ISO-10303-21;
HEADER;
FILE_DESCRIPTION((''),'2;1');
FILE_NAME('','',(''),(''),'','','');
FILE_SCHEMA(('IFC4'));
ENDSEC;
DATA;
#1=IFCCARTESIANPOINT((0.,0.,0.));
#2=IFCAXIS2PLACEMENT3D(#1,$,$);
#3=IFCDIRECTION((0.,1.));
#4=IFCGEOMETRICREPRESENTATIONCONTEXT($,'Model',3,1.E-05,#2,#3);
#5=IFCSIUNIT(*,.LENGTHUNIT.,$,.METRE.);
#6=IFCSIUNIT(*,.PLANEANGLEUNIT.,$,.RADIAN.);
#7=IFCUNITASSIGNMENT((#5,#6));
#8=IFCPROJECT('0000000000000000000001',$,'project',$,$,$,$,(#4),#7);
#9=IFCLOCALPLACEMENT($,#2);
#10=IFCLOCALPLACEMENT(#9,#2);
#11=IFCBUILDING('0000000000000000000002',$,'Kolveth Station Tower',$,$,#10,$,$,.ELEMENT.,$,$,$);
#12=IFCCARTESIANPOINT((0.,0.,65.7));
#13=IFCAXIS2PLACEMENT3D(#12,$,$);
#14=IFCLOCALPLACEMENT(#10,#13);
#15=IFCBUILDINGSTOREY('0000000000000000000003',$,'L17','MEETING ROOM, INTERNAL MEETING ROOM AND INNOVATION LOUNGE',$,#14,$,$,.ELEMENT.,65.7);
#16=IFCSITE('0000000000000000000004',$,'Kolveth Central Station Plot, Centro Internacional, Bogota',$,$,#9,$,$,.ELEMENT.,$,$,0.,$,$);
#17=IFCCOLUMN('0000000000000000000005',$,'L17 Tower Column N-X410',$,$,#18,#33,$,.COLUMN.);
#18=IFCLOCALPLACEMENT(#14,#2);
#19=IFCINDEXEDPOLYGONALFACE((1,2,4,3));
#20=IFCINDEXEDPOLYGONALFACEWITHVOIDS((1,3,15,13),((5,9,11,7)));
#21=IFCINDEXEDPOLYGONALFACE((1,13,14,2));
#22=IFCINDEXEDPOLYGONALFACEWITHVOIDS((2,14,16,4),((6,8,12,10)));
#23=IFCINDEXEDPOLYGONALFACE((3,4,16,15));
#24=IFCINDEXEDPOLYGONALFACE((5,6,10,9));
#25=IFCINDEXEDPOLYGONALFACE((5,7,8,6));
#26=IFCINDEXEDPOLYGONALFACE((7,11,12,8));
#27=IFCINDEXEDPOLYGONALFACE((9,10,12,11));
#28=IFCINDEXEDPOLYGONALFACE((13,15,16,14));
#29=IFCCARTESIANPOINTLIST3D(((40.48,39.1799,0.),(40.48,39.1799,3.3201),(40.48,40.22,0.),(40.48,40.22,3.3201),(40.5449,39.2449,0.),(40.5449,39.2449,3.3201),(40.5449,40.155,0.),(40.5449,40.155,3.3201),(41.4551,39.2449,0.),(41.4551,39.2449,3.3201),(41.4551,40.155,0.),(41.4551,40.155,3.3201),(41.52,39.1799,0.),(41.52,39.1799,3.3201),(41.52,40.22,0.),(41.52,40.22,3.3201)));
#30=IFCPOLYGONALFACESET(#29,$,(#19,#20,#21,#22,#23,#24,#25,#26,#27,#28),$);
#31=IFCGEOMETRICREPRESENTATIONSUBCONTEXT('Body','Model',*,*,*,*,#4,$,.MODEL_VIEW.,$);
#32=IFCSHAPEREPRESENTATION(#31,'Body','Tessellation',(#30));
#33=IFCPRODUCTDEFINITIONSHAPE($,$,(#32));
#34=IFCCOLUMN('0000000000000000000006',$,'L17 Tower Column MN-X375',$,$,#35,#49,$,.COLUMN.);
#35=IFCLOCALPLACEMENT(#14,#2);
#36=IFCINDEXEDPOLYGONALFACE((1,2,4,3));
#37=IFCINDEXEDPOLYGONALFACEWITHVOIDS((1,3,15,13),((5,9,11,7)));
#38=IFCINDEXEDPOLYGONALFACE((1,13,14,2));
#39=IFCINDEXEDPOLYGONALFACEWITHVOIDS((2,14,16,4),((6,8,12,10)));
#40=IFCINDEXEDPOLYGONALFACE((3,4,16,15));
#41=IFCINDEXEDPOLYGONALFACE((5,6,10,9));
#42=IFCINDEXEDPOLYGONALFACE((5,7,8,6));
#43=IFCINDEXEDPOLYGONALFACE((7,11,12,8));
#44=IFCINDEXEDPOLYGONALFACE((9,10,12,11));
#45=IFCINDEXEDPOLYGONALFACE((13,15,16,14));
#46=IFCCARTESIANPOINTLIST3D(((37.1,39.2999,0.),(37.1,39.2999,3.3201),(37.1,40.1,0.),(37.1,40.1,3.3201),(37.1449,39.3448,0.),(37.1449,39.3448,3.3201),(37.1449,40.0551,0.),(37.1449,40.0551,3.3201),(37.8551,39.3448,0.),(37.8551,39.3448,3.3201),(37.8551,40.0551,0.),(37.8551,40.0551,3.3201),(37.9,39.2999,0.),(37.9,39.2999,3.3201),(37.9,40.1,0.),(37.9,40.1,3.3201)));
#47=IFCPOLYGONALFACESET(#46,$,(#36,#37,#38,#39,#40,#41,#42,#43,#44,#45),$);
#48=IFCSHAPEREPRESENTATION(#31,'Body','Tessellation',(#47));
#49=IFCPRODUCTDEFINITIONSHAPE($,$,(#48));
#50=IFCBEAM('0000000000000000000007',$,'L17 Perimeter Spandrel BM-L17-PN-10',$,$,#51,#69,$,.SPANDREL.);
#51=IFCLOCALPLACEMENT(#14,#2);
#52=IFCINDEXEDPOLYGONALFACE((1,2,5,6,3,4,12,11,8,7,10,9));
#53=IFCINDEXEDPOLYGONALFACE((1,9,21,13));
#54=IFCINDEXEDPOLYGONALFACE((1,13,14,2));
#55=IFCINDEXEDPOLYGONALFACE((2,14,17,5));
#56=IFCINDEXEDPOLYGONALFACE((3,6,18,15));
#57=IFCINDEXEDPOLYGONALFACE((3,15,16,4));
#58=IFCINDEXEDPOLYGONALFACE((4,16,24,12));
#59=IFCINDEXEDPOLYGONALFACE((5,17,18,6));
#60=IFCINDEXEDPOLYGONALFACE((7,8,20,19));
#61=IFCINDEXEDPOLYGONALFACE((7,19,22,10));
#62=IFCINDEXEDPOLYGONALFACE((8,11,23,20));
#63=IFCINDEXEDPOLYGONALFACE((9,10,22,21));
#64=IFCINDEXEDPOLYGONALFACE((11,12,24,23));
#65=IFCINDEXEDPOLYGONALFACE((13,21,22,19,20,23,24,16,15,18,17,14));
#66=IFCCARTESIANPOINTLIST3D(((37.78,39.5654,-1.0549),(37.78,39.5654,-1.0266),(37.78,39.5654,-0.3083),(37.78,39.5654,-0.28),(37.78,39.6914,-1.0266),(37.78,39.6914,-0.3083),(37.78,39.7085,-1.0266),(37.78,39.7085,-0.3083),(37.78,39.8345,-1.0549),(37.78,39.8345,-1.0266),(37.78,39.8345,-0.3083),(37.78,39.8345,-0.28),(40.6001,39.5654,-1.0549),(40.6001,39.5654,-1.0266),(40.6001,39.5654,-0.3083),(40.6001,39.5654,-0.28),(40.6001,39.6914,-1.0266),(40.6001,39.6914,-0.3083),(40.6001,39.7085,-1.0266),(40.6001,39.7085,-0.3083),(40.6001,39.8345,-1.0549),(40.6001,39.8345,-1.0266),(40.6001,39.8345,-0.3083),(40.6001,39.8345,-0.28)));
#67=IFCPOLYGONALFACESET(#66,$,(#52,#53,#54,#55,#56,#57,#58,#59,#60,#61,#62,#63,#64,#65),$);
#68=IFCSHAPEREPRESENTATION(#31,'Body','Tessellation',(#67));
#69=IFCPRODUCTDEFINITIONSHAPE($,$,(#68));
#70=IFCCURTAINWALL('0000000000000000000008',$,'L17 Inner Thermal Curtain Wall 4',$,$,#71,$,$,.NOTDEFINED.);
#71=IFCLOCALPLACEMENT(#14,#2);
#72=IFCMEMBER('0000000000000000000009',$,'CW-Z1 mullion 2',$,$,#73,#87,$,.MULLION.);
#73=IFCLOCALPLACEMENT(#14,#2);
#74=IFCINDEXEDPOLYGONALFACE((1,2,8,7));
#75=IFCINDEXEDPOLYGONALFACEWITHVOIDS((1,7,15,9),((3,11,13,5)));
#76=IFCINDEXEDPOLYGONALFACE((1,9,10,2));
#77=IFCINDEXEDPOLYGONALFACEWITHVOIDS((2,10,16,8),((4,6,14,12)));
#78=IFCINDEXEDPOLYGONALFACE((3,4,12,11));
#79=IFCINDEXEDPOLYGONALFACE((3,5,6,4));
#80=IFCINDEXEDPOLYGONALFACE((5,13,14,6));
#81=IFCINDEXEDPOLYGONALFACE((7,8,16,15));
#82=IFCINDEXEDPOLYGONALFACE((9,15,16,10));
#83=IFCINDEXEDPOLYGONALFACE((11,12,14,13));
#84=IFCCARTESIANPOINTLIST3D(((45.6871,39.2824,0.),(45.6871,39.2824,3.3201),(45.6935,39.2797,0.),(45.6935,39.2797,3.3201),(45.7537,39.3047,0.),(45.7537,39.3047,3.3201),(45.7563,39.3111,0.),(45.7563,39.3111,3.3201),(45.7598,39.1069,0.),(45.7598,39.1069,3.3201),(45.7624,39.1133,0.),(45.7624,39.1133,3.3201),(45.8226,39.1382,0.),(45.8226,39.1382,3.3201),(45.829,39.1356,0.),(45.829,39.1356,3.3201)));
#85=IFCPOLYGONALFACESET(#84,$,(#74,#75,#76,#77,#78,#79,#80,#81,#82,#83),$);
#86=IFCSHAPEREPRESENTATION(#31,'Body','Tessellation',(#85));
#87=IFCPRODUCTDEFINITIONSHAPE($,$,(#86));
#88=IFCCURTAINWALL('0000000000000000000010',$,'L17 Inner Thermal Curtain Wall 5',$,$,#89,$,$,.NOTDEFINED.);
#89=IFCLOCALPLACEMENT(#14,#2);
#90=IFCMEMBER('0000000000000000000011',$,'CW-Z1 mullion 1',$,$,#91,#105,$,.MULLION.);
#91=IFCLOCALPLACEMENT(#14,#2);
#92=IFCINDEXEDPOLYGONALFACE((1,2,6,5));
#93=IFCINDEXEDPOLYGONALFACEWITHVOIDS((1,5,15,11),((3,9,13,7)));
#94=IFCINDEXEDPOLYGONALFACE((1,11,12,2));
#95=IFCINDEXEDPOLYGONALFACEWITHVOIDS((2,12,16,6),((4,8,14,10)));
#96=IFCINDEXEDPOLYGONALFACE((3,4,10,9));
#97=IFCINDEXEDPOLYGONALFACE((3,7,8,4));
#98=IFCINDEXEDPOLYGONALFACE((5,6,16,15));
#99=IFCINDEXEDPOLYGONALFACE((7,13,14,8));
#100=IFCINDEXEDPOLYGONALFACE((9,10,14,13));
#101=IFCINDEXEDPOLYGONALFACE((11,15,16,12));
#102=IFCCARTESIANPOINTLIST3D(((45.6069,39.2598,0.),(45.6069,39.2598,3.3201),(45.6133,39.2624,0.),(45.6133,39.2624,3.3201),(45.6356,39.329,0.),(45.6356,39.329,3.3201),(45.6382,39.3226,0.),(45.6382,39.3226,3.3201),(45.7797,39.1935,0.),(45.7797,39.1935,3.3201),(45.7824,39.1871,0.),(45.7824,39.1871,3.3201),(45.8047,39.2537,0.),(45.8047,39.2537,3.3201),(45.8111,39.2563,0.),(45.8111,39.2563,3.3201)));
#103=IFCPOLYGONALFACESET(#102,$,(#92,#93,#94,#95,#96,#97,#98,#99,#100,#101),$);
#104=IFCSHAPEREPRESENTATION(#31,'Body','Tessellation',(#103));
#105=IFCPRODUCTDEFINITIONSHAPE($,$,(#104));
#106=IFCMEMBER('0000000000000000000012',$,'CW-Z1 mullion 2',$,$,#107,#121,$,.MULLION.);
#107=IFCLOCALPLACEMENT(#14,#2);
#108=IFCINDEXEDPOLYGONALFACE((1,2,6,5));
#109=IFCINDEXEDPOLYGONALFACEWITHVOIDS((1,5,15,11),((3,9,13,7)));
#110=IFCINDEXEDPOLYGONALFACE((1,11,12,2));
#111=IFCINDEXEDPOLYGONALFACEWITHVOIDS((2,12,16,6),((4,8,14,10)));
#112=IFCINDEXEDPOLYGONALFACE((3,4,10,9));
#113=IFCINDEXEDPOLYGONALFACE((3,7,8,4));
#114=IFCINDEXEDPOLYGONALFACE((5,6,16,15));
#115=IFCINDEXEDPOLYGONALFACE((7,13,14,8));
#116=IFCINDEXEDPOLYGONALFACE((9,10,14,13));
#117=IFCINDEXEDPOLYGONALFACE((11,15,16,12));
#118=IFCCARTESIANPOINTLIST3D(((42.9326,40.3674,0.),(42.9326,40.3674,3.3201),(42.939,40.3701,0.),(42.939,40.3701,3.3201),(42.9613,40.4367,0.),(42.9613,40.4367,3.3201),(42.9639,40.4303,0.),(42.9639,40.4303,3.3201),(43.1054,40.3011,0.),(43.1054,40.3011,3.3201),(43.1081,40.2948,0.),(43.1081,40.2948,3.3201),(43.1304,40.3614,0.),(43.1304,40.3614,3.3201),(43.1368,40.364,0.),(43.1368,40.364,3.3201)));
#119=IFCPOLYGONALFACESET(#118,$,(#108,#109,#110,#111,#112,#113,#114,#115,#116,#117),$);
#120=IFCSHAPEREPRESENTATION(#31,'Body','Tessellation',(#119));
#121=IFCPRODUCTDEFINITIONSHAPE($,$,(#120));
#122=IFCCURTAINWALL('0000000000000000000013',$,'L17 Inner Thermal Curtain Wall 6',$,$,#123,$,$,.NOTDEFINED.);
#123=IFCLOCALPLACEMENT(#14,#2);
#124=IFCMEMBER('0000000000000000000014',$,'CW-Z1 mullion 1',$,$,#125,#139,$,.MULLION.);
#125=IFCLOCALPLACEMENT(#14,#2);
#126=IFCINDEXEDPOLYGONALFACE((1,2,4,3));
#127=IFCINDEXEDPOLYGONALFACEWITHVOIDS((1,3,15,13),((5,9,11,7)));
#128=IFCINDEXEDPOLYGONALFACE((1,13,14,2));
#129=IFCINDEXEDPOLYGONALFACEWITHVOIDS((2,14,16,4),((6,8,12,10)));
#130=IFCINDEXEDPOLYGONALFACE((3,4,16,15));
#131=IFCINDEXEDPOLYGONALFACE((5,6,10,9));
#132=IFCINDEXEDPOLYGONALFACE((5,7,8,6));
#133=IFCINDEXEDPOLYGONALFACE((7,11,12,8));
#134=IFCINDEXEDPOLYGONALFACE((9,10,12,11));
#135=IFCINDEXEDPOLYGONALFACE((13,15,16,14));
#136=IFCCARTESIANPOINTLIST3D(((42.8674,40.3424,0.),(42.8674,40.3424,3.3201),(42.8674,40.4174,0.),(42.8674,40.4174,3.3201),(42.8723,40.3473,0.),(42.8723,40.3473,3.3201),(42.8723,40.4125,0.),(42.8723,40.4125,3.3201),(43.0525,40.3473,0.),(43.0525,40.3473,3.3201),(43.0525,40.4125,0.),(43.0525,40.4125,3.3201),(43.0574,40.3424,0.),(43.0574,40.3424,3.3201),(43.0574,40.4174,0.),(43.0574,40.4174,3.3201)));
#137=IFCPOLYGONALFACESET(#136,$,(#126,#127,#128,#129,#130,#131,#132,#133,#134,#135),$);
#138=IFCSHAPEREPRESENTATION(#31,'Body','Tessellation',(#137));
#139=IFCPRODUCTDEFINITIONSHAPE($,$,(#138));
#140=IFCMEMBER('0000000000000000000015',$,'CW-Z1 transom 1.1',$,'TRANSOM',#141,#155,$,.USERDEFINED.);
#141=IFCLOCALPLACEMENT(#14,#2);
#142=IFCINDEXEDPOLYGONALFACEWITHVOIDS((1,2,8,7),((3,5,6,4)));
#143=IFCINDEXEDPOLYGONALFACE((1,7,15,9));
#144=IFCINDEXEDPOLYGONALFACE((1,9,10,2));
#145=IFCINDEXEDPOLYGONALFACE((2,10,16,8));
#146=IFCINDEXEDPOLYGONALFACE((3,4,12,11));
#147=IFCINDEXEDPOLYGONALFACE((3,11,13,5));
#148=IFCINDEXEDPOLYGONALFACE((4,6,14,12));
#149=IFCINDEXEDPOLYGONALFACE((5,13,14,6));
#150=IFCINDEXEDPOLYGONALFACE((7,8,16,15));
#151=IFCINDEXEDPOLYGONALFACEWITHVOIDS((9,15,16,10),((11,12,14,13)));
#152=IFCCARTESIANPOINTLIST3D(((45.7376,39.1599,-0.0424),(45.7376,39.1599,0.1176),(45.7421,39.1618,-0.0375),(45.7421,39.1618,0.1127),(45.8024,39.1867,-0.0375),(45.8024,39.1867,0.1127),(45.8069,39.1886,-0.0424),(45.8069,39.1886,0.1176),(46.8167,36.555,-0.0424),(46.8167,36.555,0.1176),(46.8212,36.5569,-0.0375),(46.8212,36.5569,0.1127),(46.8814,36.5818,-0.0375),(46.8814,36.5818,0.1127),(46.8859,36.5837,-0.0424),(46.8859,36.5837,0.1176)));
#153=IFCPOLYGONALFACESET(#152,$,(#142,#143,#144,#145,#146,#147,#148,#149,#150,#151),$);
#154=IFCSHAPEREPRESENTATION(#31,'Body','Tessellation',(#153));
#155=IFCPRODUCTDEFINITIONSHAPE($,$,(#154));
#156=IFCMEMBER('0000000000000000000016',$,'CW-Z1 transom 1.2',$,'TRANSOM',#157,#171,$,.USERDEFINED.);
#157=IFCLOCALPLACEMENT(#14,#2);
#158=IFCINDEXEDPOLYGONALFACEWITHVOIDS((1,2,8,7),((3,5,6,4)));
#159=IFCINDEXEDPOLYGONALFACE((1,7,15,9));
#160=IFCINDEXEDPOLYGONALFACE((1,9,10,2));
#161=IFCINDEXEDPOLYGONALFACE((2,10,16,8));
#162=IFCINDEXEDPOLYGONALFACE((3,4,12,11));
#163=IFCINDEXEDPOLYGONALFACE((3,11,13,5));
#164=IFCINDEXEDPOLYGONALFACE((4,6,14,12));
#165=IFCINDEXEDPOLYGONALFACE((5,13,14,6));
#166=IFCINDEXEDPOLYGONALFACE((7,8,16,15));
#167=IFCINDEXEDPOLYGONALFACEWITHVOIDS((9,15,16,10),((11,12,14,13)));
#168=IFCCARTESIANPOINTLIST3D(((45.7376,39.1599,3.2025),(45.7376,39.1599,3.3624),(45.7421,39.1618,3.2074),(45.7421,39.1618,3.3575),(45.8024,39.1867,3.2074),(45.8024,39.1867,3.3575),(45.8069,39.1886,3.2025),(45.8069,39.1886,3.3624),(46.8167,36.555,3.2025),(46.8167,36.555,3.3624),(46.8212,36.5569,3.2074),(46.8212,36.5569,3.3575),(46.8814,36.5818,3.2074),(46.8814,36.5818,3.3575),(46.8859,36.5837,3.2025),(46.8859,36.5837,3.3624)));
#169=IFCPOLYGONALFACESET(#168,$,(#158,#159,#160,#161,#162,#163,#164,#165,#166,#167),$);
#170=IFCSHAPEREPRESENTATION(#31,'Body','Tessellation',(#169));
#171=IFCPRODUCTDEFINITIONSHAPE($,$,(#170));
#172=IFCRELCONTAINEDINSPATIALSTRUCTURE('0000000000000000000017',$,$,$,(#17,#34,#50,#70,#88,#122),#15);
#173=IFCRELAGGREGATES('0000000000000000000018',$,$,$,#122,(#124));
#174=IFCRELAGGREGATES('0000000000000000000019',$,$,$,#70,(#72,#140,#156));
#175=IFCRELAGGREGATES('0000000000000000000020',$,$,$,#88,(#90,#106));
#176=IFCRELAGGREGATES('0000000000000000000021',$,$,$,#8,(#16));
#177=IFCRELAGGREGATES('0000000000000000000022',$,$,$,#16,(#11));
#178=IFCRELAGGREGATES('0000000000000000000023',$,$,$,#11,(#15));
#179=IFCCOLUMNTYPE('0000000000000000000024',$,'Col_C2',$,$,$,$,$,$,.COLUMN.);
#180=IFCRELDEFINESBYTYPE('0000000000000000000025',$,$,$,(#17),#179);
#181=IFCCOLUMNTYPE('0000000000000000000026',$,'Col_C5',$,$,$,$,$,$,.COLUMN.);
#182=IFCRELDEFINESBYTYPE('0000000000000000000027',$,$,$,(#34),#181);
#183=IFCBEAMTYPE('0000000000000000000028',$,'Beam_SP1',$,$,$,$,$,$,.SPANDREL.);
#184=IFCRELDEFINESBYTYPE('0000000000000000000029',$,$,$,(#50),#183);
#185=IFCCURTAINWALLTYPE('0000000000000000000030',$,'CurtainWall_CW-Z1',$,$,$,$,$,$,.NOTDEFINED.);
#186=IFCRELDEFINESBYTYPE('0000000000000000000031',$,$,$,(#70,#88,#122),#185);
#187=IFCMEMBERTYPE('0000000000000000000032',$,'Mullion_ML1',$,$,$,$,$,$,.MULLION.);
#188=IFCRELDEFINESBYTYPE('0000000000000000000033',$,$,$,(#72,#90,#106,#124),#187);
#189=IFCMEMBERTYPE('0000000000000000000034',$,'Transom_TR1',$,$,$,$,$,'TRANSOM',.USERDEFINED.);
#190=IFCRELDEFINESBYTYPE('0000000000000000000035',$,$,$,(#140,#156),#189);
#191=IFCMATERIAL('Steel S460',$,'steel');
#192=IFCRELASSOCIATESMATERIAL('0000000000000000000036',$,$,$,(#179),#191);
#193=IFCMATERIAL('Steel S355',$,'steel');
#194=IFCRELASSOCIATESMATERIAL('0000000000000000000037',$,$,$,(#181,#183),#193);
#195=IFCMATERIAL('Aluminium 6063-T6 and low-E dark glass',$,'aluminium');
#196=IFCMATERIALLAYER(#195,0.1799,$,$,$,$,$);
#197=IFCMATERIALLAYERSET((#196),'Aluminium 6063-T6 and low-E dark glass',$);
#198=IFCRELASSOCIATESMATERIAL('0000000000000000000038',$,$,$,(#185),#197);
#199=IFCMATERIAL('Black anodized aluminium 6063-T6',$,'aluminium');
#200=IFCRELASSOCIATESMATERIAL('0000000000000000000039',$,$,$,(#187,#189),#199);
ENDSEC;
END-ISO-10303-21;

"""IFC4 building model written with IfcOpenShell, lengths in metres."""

from ifc_helpers import new_model, si_unit, direction, frame, origin, origin_2d, place, context, subcontext, project, spatial, hollow_rectangle, i_section, extrude, source, transform, mapped, material, layer, layer_set, material_profile, profile_set, type_object, element, aggregate, save


model = new_model("IFC4")

# Units and contexts
model_context = context("Model", 3, precision=1e-05, world=origin(), true_north=direction((0.0, 1.0)))
body_context = subcontext(model_context, "Body", "Model", "MODEL_VIEW")
ifc_project = project(units=[si_unit("LENGTHUNIT", "METRE"), si_unit("PLANEANGLEUNIT", "RADIAN")], contexts=[model_context])

# Site, building, storey
site_placement = place(None, origin())
site = spatial("IfcSite", under=ifc_project, at=site_placement, Name="Kolveth Central Station Plot, Centro Internacional, Bogota", CompositionType="ELEMENT", RefElevation=0.0)
building_placement = place(site_placement, origin())
building = spatial("IfcBuilding", under=site, at=building_placement, Name="Kolveth Station Tower", CompositionType="ELEMENT")
storey_placement = place(building_placement, frame((0.0, 0.0, 65.7)))
storey = spatial("IfcBuildingStorey", under=building, at=storey_placement, Name="L17", Description="MEETING ROOM, INTERNAL MEETING ROOM AND INNOVATION LOUNGE", CompositionType="ELEMENT", Elevation=65.7)

# Columns
ifc_material_1 = material(Name="Steel S460", Category="steel")
ifc_material_profile_1 = material_profile(ifc_material_1, hollow_rectangle(XDim=1.04, YDim=1.04, WallThickness=0.0649, at=origin_2d()), Name="BOX1040x1040x65")
ifc_profile_set_1 = profile_set([ifc_material_profile_1], Name="Steel S460")
column_type_1 = type_object("IfcColumnType", Name="Col_C2", PredefinedType="COLUMN", material=ifc_profile_set_1)
shared_shape_1 = source(origin(), body_context, "Body", "SweptSolid", [
    extrude(hollow_rectangle(XDim=1.04, YDim=1.04, WallThickness=0.0649, at=origin_2d()), origin(), (0.0, 0.0, 1.0), 3.3201),
])
column_1_placement = place(storey_placement, frame((41.0, 39.7, 0.0), z_axis=(0.0, 0.0, 1.0), x_axis=(1.0, 0.0, 0.0)))
element("IfcColumn", 1, at=column_1_placement, inside=storey, type_object=column_type_1, Name="L17 Tower Column N-X410", PredefinedType="COLUMN", context=body_context, shape_type="MappedRepresentation", body=[
    mapped(shared_shape_1, transform((0.0, 0.0, 0.0), x_axis=(1.0, 0.0, 0.0), y_axis=(0.0, 1.0, 0.0), z_axis=(0.0, 0.0, 1.0), scale=1.0)),
])
ifc_material_2 = material(Name="Steel S355", Category="steel")
ifc_material_profile_2 = material_profile(ifc_material_2, hollow_rectangle(XDim=0.8, YDim=0.8, WallThickness=0.0449, at=origin_2d()), Name="BOX800x800x45")
ifc_profile_set_2 = profile_set([ifc_material_profile_2], Name="Steel S355")
column_type_2 = type_object("IfcColumnType", Name="Col_C5", PredefinedType="COLUMN", material=ifc_profile_set_2)
shared_shape_2 = source(origin(), body_context, "Body", "SweptSolid", [
    extrude(hollow_rectangle(XDim=0.8, YDim=0.8, WallThickness=0.0449, at=origin_2d()), origin(), (0.0, 0.0, 1.0), 3.3201),
])
column_2_placement = place(storey_placement, frame((37.5, 39.7, 0.0), z_axis=(0.0, 0.0, 1.0), x_axis=(1.0, 0.0, 0.0)))
element("IfcColumn", 2, at=column_2_placement, inside=storey, type_object=column_type_2, Name="L17 Tower Column MN-X375", PredefinedType="COLUMN", context=body_context, shape_type="MappedRepresentation", body=[
    mapped(shared_shape_2, transform((0.0, 0.0, 0.0), x_axis=(1.0, 0.0, 0.0), y_axis=(0.0, 1.0, 0.0), z_axis=(0.0, 0.0, 1.0), scale=1.0)),
])

# Beam
ifc_material_profile_3 = material_profile(ifc_material_2, i_section(OverallWidth=0.269, OverallDepth=0.7749, WebThickness=0.0171, FlangeThickness=0.0283, at=origin_2d()), Name="W760x220")
ifc_profile_set_3 = profile_set([ifc_material_profile_3], Name="Steel S355")
beam_type = type_object("IfcBeamType", Name="Beam_SP1", PredefinedType="SPANDREL", material=ifc_profile_set_3)
shared_shape_3 = source(origin(), body_context, "Body", "SweptSolid", [
    extrude(i_section(OverallWidth=0.269, OverallDepth=0.7749, WebThickness=0.0171, FlangeThickness=0.0283, at=origin_2d()), origin(), (0.0, 0.0, 1.0), 2.8201),
])
beam_placement = place(storey_placement, frame((37.78, 39.7, -0.6675), z_axis=(1.0, 0.0, 0.0), x_axis=(0.0, 1.0, 0.0)))
element("IfcBeam", 3, at=beam_placement, inside=storey, type_object=beam_type, Name="L17 Perimeter Spandrel BM-L17-PN-10", PredefinedType="SPANDREL", context=body_context, shape_type="MappedRepresentation", body=[
    mapped(shared_shape_3, transform((0.0, 0.0, 0.0), x_axis=(1.0, 0.0, 0.0), y_axis=(0.0, 1.0, 0.0), z_axis=(0.0, 0.0, 1.0), scale=1.0)),
])

# Curtain wall, member
ifc_material_3 = material(Name="Aluminium 6063-T6 and low-E dark glass", Category="aluminium")
ifc_layer_1 = layer(ifc_material_3, 0.1799)
ifc_layer_set_1 = layer_set([ifc_layer_1], Name="Aluminium 6063-T6 and low-E dark glass")
curtain_wall_type_1 = type_object("IfcCurtainWallType", Name="CurtainWall_CW-Z1", PredefinedType="NOTDEFINED", material=ifc_layer_set_1)
curtain_wall_1_placement = place(storey_placement, origin())
curtain_wall_1 = element("IfcCurtainWall", 4, at=curtain_wall_1_placement, inside=storey, type_object=curtain_wall_type_1, Name="L17 Inner Thermal Curtain Wall 4", PredefinedType="NOTDEFINED")
ifc_material_4 = material(Name="Black anodized aluminium 6063-T6", Category="aluminium")
ifc_material_profile_4 = material_profile(ifc_material_4, hollow_rectangle(XDim=0.075, YDim=0.1899, WallThickness=0.0049, at=origin_2d()), Name="ALU-75x190x5")
ifc_profile_set_4 = profile_set([ifc_material_profile_4], Name="Black anodized aluminium 6063-T6")
member_type_1 = type_object("IfcMemberType", Name="Mullion_ML1", PredefinedType="MULLION", material=ifc_profile_set_4)
shared_shape_4 = source(origin(), body_context, "Body", "SweptSolid", [
    extrude(hollow_rectangle(XDim=0.075, YDim=0.1899, WallThickness=0.0049, at=origin_2d()), origin(), (0.0, 0.0, 1.0), 3.3201),
])
member_1_placement = place(storey_placement, frame((45.7581, 39.209, 0.0), z_axis=(0.0, 0.0, 1.0), x_axis=(-0.923884, -0.382673, 0.0)))
member_1 = element("IfcMember", 5, at=member_1_placement, type_object=member_type_1, Name="CW-Z1 mullion 2", PredefinedType="MULLION", context=body_context, shape_type="MappedRepresentation", body=[
    mapped(shared_shape_4, transform((0.0, 0.0, 0.0), x_axis=(1.0, 0.0, 0.0), y_axis=(0.0, 1.0, 0.0), z_axis=(0.0, 0.0, 1.0), scale=1.0)),
])

# Curtain wall, members
curtain_wall_2_placement = place(storey_placement, origin())
curtain_wall_2 = element("IfcCurtainWall", 6, at=curtain_wall_2_placement, inside=storey, type_object=curtain_wall_type_1, Name="L17 Inner Thermal Curtain Wall 5", PredefinedType="NOTDEFINED")
member_2_placement = place(storey_placement, frame((45.709, 39.2581, 0.0), z_axis=(0.0, 0.0, 1.0), x_axis=(-0.382673, -0.923884, 0.0)))
member_2 = element("IfcMember", 7, at=member_2_placement, type_object=member_type_1, Name="CW-Z1 mullion 1", PredefinedType="MULLION", context=body_context, shape_type="MappedRepresentation", body=[
    mapped(shared_shape_4, transform((0.0, 0.0, 0.0), x_axis=(1.0, 0.0, 0.0), y_axis=(0.0, 1.0, 0.0), z_axis=(0.0, 0.0, 1.0), scale=1.0)),
])
member_3_placement = place(storey_placement, frame((43.0347, 40.3657, 0.0), z_axis=(0.0, 0.0, 1.0), x_axis=(-0.382673, -0.923884, 0.0)))
member_3 = element("IfcMember", 8, at=member_3_placement, type_object=member_type_1, Name="CW-Z1 mullion 2", PredefinedType="MULLION", context=body_context, shape_type="MappedRepresentation", body=[
    mapped(shared_shape_4, transform((0.0, 0.0, 0.0), x_axis=(1.0, 0.0, 0.0), y_axis=(0.0, 1.0, 0.0), z_axis=(0.0, 0.0, 1.0), scale=1.0)),
])

# Curtain wall, member
curtain_wall_3_placement = place(storey_placement, origin())
curtain_wall_3 = element("IfcCurtainWall", 9, at=curtain_wall_3_placement, inside=storey, type_object=curtain_wall_type_1, Name="L17 Inner Thermal Curtain Wall 6", PredefinedType="NOTDEFINED")
member_4_placement = place(storey_placement, frame((42.9624, 40.3799, 0.0), z_axis=(0.0, 0.0, 1.0), x_axis=(0.0, -1.0, 0.0)))
member_4 = element("IfcMember", 10, at=member_4_placement, type_object=member_type_1, Name="CW-Z1 mullion 1", PredefinedType="MULLION", context=body_context, shape_type="MappedRepresentation", body=[
    mapped(shared_shape_4, transform((0.0, 0.0, 0.0), x_axis=(1.0, 0.0, 0.0), y_axis=(0.0, 1.0, 0.0), z_axis=(0.0, 0.0, 1.0), scale=1.0)),
])

# Members
ifc_material_profile_5 = material_profile(ifc_material_4, hollow_rectangle(XDim=0.075, YDim=0.1599, WallThickness=0.0049, at=origin_2d()), Name="ALU-75x160x5")
ifc_profile_set_5 = profile_set([ifc_material_profile_5], Name="Black anodized aluminium 6063-T6")
member_type_2 = type_object("IfcMemberType", Name="Transom_TR1", ElementType="TRANSOM", PredefinedType="USERDEFINED", material=ifc_profile_set_5)
shared_shape_5 = source(origin(), body_context, "Body", "SweptSolid", [
    extrude(hollow_rectangle(XDim=0.075, YDim=0.1599, WallThickness=0.0049, at=origin_2d()), origin(), (0.0, 0.0, 1.0), 2.8196),
])
member_5_placement = place(storey_placement, frame((46.8513, 36.5693, 0.0376), z_axis=(-0.382709, 0.923869, 0.0), x_axis=(-0.923869, -0.382709, 0.0)))
member_5 = element("IfcMember", 11, at=member_5_placement, type_object=member_type_2, Name="CW-Z1 transom 1.1", ObjectType="TRANSOM", PredefinedType="USERDEFINED", context=body_context, shape_type="MappedRepresentation", body=[
    mapped(shared_shape_5, transform((0.0, 0.0, 0.0), x_axis=(1.0, 0.0, 0.0), y_axis=(0.0, 1.0, 0.0), z_axis=(0.0, 0.0, 1.0), scale=1.0)),
])
member_6_placement = place(storey_placement, frame((46.8513, 36.5693, 3.2825), z_axis=(-0.382709, 0.923869, 0.0), x_axis=(-0.923869, -0.382709, 0.0)))
member_6 = element("IfcMember", 12, at=member_6_placement, type_object=member_type_2, Name="CW-Z1 transom 1.2", ObjectType="TRANSOM", PredefinedType="USERDEFINED", context=body_context, shape_type="MappedRepresentation", body=[
    mapped(shared_shape_5, transform((0.0, 0.0, 0.0), x_axis=(1.0, 0.0, 0.0), y_axis=(0.0, 1.0, 0.0), z_axis=(0.0, 0.0, 1.0), scale=1.0)),
])
aggregate(curtain_wall_3, [member_4])

aggregate(curtain_wall_1, [member_1, member_5, member_6])
aggregate(curtain_wall_2, [member_2, member_3])

save(model, "model.ifc")
